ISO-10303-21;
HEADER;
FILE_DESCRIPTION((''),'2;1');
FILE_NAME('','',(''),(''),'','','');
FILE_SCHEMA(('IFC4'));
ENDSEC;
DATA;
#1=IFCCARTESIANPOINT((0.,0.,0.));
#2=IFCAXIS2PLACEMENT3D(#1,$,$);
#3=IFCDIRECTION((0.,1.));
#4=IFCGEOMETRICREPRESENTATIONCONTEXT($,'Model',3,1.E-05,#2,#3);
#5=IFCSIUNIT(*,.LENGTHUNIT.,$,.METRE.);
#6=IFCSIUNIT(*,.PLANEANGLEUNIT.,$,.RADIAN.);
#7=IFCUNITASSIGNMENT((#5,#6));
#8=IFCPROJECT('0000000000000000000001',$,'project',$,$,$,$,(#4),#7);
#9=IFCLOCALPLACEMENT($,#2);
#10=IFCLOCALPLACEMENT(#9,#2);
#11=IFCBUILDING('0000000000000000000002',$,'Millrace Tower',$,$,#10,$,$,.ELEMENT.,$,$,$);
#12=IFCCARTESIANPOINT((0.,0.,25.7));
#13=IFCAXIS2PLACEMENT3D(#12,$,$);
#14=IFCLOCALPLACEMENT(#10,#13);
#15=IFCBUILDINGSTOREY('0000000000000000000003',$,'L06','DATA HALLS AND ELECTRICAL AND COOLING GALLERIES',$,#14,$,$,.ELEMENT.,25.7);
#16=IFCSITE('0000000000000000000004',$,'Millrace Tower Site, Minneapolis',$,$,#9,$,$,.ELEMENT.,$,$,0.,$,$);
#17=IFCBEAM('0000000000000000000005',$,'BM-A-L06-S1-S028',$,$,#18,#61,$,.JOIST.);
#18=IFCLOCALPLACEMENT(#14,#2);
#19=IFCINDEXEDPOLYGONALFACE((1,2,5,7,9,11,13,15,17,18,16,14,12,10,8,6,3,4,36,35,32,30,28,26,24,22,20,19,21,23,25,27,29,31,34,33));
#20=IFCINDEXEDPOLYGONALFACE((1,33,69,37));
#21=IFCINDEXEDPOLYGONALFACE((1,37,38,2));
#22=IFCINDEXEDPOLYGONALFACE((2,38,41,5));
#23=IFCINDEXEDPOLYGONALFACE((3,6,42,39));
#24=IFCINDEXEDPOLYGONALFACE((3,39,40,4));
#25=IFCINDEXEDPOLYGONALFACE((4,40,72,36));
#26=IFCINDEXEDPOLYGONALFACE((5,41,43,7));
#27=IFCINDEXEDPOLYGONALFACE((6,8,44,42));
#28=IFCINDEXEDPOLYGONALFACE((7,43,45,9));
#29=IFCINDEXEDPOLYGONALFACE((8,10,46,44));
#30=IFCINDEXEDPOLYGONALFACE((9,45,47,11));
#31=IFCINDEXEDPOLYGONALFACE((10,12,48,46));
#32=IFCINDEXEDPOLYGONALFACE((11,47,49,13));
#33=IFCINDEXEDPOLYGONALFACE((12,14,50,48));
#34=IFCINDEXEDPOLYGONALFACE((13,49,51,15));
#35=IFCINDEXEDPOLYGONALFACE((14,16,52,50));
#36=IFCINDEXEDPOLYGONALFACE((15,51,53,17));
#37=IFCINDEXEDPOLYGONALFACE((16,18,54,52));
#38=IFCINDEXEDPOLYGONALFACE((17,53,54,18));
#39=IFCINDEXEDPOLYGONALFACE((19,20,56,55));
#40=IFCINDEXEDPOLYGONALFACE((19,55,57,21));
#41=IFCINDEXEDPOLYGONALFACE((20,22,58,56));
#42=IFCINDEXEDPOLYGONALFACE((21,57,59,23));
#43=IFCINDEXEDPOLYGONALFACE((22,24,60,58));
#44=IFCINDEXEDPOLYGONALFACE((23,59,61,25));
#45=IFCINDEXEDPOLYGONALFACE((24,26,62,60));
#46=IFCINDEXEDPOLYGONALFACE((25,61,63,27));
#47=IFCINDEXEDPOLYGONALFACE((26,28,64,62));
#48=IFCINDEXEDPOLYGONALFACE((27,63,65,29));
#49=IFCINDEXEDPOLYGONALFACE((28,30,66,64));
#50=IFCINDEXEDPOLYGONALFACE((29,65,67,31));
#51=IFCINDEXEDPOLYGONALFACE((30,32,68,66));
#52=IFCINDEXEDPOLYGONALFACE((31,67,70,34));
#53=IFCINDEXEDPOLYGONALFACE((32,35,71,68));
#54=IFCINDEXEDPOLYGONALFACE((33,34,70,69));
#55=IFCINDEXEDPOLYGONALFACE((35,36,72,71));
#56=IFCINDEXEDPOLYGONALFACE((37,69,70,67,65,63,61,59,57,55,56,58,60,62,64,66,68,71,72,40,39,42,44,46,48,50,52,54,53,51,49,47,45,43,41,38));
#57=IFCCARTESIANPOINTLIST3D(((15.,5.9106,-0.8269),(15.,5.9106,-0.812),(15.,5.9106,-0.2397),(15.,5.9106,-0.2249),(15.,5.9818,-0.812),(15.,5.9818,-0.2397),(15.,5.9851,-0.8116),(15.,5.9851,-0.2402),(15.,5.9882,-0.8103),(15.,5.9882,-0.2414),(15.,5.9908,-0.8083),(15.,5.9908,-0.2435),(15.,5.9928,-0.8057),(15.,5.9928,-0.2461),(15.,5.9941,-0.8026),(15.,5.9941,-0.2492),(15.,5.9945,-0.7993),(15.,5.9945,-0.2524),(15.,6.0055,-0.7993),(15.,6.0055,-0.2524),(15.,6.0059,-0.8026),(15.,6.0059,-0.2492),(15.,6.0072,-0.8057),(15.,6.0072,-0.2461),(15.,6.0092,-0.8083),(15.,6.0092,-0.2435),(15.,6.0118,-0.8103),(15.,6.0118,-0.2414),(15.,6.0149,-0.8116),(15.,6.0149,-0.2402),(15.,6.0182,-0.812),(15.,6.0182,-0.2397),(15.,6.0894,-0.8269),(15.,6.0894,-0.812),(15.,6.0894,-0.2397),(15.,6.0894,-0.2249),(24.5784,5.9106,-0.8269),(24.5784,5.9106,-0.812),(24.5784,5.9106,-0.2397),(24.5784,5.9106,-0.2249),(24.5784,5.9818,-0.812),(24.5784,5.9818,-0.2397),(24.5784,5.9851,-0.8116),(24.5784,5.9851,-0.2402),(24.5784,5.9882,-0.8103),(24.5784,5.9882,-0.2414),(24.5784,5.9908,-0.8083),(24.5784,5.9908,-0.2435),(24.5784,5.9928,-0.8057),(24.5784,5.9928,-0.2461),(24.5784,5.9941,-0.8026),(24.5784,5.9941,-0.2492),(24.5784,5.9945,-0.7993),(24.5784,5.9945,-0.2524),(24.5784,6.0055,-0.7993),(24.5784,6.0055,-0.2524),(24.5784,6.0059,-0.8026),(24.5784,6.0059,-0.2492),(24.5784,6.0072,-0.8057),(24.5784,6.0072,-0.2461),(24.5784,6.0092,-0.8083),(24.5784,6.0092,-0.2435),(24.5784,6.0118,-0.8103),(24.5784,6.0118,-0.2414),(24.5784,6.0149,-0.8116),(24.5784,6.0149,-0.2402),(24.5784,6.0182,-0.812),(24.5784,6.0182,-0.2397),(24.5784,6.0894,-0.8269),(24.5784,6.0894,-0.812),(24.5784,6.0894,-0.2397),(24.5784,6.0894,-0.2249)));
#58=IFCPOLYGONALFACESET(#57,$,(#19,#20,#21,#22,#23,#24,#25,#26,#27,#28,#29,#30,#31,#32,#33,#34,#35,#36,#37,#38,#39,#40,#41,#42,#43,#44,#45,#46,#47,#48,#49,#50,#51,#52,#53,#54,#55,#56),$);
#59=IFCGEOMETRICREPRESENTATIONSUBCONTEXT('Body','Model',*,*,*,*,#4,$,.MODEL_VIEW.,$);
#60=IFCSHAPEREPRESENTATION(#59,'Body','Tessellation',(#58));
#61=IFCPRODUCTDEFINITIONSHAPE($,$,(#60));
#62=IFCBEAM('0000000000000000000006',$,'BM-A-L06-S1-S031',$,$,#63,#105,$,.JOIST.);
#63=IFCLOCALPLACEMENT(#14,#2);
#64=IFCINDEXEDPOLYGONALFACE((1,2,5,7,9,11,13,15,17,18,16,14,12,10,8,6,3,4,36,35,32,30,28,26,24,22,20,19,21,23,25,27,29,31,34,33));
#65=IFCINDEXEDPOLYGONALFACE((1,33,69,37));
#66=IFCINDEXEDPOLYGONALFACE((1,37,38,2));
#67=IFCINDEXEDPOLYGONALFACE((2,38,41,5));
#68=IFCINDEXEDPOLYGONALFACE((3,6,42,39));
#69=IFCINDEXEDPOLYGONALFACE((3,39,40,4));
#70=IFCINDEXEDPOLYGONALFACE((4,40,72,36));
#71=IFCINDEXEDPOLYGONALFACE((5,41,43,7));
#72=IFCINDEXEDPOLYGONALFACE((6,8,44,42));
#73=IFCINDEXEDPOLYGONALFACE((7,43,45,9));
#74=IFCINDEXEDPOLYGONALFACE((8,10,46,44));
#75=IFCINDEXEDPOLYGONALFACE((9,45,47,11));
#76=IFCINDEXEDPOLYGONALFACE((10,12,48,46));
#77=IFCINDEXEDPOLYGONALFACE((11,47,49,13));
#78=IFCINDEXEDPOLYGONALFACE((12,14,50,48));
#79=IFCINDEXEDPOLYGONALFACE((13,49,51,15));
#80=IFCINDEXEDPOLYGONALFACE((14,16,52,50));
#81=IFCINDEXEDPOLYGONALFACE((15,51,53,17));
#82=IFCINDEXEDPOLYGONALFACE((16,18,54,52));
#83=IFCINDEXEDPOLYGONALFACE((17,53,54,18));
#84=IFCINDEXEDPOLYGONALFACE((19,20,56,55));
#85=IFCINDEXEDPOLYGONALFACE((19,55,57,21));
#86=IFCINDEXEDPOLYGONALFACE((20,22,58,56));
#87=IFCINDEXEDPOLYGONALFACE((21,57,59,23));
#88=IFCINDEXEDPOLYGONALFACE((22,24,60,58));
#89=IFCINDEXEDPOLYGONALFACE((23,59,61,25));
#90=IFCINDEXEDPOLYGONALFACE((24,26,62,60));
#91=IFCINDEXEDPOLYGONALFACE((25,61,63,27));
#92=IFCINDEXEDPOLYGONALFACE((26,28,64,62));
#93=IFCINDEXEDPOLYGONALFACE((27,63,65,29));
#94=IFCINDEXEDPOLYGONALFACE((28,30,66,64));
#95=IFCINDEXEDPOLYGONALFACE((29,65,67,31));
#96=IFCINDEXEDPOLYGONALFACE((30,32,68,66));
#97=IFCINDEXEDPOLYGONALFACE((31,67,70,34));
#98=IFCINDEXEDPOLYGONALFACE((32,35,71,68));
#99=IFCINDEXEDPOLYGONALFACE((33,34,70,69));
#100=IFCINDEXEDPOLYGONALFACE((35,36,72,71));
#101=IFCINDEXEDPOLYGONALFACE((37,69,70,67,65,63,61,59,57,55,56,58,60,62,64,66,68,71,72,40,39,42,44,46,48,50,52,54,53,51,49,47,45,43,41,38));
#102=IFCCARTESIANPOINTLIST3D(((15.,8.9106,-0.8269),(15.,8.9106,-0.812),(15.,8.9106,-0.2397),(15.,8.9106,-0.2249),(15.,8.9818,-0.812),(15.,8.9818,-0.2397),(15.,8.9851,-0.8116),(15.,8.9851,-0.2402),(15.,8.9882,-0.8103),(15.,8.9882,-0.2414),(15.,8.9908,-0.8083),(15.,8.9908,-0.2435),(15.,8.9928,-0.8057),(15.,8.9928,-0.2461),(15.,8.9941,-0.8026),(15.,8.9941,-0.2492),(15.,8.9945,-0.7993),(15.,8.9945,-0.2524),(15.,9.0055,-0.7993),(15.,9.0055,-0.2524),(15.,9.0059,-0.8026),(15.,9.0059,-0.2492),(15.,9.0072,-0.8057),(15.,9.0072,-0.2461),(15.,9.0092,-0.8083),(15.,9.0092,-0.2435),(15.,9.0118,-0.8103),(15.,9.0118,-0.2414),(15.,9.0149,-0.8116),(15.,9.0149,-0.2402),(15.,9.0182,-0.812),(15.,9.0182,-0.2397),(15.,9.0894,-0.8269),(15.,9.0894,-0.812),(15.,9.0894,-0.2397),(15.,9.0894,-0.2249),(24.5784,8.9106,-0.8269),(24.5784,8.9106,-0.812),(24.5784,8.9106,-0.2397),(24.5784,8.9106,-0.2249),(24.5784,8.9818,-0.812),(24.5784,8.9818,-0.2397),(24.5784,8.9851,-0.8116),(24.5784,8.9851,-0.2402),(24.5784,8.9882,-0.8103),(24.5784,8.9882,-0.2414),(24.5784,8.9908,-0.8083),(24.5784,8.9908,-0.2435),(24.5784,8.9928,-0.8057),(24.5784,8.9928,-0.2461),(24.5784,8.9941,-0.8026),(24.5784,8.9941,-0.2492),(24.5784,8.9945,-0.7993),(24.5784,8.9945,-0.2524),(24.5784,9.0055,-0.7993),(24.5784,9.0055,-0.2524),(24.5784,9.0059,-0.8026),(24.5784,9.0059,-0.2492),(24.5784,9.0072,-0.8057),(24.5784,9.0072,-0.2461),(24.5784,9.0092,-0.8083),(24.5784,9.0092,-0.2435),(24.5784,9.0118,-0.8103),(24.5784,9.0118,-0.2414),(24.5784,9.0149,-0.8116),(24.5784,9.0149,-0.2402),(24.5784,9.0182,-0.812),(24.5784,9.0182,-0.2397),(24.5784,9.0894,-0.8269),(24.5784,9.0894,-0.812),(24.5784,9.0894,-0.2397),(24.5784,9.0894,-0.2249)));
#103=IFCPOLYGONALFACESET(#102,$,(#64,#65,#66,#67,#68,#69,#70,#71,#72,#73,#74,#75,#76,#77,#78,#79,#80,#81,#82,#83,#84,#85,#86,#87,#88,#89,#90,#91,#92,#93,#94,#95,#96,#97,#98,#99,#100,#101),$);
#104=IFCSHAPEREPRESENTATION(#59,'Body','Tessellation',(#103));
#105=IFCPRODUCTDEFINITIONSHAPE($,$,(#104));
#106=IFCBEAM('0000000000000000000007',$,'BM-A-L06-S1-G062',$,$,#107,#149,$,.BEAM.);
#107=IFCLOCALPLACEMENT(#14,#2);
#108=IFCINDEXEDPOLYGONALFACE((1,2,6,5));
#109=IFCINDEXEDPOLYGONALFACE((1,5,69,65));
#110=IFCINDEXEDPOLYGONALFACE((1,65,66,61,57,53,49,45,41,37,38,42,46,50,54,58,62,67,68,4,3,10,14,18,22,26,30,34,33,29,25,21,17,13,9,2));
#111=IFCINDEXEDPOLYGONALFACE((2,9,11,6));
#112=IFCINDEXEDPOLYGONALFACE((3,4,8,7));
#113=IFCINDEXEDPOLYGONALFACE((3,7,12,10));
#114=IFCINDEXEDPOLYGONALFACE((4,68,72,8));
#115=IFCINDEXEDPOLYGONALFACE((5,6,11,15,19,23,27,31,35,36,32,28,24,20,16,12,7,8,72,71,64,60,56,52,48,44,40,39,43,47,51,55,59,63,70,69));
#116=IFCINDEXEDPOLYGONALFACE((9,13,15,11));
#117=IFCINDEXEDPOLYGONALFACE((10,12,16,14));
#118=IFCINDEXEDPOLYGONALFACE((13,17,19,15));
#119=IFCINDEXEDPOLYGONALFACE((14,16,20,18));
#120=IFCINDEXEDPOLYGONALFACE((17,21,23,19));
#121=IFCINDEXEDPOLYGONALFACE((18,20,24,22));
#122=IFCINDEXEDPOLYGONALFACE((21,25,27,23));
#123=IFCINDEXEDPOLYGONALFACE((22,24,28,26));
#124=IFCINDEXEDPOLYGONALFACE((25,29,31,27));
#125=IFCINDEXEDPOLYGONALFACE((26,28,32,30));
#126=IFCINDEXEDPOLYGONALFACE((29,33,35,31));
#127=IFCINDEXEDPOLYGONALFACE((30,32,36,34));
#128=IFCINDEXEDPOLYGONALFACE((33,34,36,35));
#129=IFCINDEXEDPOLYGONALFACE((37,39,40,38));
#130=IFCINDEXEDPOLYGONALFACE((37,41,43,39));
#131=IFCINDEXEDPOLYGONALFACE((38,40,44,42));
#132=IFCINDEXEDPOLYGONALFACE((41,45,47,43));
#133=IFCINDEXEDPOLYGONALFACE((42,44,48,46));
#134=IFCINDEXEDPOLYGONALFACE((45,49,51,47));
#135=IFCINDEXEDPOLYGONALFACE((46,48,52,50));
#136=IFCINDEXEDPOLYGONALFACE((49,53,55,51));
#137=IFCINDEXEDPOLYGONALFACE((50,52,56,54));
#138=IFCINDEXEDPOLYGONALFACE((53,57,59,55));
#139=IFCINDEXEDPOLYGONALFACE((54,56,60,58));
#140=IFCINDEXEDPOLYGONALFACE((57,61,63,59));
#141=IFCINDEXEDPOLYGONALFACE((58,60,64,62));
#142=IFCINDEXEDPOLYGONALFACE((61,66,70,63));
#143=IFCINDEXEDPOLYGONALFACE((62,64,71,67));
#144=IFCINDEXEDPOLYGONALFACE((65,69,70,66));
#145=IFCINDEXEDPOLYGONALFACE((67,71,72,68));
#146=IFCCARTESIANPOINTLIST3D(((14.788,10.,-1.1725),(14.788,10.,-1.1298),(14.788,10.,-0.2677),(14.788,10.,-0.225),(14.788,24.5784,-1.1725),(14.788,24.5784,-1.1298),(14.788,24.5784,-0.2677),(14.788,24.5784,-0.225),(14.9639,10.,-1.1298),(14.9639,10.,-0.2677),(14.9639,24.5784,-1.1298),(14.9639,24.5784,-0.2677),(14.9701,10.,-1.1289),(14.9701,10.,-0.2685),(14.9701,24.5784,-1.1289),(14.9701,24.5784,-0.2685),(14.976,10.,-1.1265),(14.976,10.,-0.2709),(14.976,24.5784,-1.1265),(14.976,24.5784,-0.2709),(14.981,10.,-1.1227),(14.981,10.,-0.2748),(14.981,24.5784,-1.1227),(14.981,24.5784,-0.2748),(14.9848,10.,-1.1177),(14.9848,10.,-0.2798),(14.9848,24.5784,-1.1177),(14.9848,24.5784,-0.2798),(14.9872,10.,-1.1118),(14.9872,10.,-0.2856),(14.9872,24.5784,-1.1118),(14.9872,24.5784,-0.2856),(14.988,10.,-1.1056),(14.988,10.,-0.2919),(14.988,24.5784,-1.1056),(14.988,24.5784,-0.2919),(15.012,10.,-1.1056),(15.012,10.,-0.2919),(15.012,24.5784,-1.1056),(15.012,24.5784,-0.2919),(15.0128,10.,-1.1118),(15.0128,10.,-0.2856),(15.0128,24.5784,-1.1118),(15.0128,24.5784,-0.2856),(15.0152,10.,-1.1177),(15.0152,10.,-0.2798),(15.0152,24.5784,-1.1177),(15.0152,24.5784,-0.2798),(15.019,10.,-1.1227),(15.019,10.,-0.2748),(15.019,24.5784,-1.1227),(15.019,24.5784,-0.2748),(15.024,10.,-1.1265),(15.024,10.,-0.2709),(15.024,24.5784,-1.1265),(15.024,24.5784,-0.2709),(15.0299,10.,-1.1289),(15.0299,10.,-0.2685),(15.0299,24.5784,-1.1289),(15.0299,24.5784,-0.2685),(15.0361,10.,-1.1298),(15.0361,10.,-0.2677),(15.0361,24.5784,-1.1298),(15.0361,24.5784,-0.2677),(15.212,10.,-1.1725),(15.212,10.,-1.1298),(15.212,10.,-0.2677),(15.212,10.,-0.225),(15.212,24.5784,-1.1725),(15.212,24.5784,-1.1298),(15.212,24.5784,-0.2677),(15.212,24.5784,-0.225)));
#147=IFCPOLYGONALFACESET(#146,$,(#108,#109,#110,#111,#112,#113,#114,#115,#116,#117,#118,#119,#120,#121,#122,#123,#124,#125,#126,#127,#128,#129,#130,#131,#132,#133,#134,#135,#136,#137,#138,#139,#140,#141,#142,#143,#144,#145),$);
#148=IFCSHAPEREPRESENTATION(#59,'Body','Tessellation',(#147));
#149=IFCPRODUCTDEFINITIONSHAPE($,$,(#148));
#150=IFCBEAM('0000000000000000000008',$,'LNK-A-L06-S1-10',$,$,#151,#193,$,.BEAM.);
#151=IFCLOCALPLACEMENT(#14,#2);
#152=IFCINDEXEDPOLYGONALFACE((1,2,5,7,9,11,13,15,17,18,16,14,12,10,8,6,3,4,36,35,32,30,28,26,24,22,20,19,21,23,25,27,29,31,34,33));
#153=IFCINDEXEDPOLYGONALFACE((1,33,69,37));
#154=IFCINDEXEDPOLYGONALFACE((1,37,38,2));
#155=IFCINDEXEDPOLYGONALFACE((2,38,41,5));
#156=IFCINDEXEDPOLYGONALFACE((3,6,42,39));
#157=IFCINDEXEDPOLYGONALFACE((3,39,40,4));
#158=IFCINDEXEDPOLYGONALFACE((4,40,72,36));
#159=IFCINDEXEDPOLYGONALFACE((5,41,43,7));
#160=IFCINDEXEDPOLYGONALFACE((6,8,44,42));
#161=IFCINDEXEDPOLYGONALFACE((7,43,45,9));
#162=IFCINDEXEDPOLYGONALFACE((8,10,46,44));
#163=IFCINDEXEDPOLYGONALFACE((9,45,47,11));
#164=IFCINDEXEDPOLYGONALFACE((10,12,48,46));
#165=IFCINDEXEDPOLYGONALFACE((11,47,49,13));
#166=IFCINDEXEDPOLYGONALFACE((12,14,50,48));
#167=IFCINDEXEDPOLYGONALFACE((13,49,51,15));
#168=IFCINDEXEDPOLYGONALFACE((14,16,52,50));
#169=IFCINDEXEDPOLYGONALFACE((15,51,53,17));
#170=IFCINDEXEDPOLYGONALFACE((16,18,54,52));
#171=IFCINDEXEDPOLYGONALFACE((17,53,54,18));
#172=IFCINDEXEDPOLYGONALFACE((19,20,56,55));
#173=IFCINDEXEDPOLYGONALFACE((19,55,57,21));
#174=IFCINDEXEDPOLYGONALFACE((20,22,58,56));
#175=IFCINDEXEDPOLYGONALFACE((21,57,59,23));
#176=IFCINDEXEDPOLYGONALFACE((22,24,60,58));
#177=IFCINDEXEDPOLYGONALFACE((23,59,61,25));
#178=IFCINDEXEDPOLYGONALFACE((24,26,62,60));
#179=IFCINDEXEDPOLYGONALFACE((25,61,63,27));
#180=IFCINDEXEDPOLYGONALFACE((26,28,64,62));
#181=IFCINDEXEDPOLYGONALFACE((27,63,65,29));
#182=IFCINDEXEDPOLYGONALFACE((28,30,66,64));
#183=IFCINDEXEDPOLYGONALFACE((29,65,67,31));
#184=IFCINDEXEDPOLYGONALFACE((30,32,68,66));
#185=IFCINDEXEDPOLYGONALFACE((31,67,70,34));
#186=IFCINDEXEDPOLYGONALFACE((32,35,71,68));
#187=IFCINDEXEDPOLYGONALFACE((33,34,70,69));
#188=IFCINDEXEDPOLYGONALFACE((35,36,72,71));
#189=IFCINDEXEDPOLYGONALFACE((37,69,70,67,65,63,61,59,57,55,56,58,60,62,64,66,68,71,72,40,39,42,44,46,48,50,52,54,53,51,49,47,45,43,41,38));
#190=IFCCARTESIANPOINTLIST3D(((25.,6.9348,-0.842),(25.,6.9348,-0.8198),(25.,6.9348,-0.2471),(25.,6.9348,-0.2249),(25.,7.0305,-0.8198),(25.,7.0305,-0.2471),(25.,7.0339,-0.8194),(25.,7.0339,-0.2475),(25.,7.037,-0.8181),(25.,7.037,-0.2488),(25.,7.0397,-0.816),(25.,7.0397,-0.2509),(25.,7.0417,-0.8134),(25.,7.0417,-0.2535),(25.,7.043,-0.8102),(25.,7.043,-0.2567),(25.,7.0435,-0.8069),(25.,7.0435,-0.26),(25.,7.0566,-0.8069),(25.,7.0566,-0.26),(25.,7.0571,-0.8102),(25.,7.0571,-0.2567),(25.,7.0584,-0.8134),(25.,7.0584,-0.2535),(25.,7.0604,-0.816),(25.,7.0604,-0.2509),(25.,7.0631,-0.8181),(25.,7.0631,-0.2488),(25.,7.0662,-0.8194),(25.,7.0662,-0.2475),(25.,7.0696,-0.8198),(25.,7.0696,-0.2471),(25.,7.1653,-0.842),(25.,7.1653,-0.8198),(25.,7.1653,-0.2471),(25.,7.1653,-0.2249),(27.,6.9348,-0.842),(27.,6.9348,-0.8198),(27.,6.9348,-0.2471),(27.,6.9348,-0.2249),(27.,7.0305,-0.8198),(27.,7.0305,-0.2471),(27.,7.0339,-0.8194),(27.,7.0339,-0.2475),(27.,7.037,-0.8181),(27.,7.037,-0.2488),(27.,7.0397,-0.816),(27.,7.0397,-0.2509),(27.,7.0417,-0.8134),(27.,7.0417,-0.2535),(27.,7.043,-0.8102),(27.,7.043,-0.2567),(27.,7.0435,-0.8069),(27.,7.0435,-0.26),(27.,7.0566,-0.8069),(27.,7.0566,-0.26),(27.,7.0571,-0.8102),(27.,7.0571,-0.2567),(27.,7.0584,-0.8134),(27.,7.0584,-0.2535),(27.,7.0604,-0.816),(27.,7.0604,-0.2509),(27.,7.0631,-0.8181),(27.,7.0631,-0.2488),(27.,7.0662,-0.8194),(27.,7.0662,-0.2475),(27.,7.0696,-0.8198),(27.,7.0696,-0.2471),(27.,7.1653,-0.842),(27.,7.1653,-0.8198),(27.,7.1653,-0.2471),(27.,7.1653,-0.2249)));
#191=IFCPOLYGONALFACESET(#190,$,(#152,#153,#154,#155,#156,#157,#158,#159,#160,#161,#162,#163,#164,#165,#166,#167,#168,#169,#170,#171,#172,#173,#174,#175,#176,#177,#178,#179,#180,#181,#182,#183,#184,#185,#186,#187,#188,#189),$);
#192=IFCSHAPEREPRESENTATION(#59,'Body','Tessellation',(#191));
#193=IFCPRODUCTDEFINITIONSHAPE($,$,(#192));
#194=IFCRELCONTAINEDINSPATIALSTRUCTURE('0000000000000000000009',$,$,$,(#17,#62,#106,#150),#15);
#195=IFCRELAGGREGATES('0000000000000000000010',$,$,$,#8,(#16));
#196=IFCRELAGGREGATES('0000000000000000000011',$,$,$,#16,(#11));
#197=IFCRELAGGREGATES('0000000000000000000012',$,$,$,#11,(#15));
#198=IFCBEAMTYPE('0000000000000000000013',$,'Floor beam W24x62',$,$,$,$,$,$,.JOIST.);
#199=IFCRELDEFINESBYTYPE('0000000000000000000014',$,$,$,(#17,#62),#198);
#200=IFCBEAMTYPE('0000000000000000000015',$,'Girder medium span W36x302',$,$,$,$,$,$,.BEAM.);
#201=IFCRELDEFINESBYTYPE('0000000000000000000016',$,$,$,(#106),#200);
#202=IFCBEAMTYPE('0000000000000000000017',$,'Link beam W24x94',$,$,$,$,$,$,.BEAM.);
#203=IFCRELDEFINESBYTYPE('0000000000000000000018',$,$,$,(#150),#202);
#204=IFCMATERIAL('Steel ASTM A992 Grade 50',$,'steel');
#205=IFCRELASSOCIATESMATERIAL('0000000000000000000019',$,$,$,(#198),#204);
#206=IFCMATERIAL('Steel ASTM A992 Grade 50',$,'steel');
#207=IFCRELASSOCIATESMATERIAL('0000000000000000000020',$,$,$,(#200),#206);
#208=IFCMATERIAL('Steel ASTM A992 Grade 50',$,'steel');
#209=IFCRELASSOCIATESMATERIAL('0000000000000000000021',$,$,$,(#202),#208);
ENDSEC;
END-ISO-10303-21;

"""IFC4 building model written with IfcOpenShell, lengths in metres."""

from ifc_helpers import new_model, si_unit, direction, frame, origin, origin_2d, place, context, subcontext, project, spatial, i_section, extrude, material, material_profile, profile_set, type_object, element, save


model = new_model("IFC4")

# Units and contexts
model_context = context("Model", 3, precision=1e-05, world=origin(), true_north=direction((0.0, 1.0)))
body_context = subcontext(model_context, "Body", "Model", "MODEL_VIEW")
ifc_project = project(units=[si_unit("LENGTHUNIT", "METRE"), si_unit("PLANEANGLEUNIT", "RADIAN")], contexts=[model_context])

# Site, building, storey
site_placement = place(None, origin())
site = spatial("IfcSite", under=ifc_project, at=site_placement, Name="Millrace Tower Site, Minneapolis", CompositionType="ELEMENT", RefElevation=0.0)
building_placement = place(site_placement, origin())
building = spatial("IfcBuilding", under=site, at=building_placement, Name="Millrace Tower", CompositionType="ELEMENT")
storey_placement = place(building_placement, frame((0.0, 0.0, 25.7)))
storey = spatial("IfcBuildingStorey", under=building, at=storey_placement, Name="L06", Description="DATA HALLS AND ELECTRICAL AND COOLING GALLERIES", CompositionType="ELEMENT", Elevation=25.7)

# Beams
ifc_material_1 = material(Name="Steel ASTM A992 Grade 50", Category="steel")
ifc_material_profile_1 = material_profile(ifc_material_1, i_section(OverallWidth=0.1787, OverallDepth=0.6021, WebThickness=0.011, FlangeThickness=0.0149, FilletRadius=0.0127, at=origin_2d()))
ifc_profile_set_1 = profile_set([ifc_material_profile_1], Name="Steel ASTM A992 Grade 50")
beam_type_1 = type_object("IfcBeamType", Name="Floor beam W24x62", PredefinedType="JOIST", material=ifc_profile_set_1)
for number, where, z_axis, x_axis, name in (
    (1, (15.0, 6.0, -0.5259), (1.0, 0.0, 0.0), (0.0, 1.0, 0.0), "BM-A-L06-S1-S028"),
    (2, (15.0, 9.0, -0.5259), (1.0, 0.0, 0.0), (0.0, 1.0, 0.0), "BM-A-L06-S1-S031"),
):
    element("IfcBeam", number, at=place(storey_placement, frame(where, z_axis=z_axis, x_axis=x_axis)), inside=storey, type_object=beam_type_1, Name=name, PredefinedType="JOIST", context=body_context, shape_type="SweptSolid", body=[
        extrude(i_section(OverallWidth=0.1787, OverallDepth=0.6021, WebThickness=0.011, FlangeThickness=0.0149, FilletRadius=0.0127, at=origin_2d()), origin(), (0.0, 0.0, 1.0), 9.5784),
    ])
ifc_material_2 = material(Name="Steel ASTM A992 Grade 50", Category="steel")
ifc_material_profile_2 = material_profile(ifc_material_2, i_section(OverallWidth=0.4241, OverallDepth=0.9475, WebThickness=0.0239, FlangeThickness=0.0427, FilletRadius=0.0242, at=origin_2d()))
ifc_profile_set_2 = profile_set([ifc_material_profile_2], Name="Steel ASTM A992 Grade 50")
beam_type_2 = type_object("IfcBeamType", Name="Girder medium span W36x302", PredefinedType="BEAM", material=ifc_profile_set_2)
beam_1_placement = place(storey_placement, frame((15.0, 10.0, -0.6987), z_axis=(0.0, 1.0, 0.0), x_axis=(-1.0, 0.0, 0.0)))
element("IfcBeam", 3, at=beam_1_placement, inside=storey, type_object=beam_type_2, Name="BM-A-L06-S1-G062", PredefinedType="BEAM", context=body_context, shape_type="SweptSolid", body=[
    extrude(i_section(OverallWidth=0.4241, OverallDepth=0.9475, WebThickness=0.0239, FlangeThickness=0.0427, FilletRadius=0.0242, at=origin_2d()), origin(), (0.0, 0.0, 1.0), 14.5784),
])
ifc_material_3 = material(Name="Steel ASTM A992 Grade 50", Category="steel")
ifc_material_profile_3 = material_profile(ifc_material_3, i_section(OverallWidth=0.2305, OverallDepth=0.6172, WebThickness=0.0132, FlangeThickness=0.0222, FilletRadius=0.0129, at=origin_2d()))
ifc_profile_set_3 = profile_set([ifc_material_profile_3], Name="Steel ASTM A992 Grade 50")
beam_type_3 = type_object("IfcBeamType", Name="Link beam W24x94", PredefinedType="BEAM", material=ifc_profile_set_3)
beam_2_placement = place(storey_placement, frame((25.0, 7.05, -0.5334), z_axis=(1.0, 0.0, 0.0), x_axis=(0.0, 1.0, 0.0)))
element("IfcBeam", 4, at=beam_2_placement, inside=storey, type_object=beam_type_3, Name="LNK-A-L06-S1-10", PredefinedType="BEAM", context=body_context, shape_type="SweptSolid", body=[
    extrude(i_section(OverallWidth=0.2305, OverallDepth=0.6172, WebThickness=0.0132, FlangeThickness=0.0222, FilletRadius=0.0129, at=origin_2d()), origin(), (0.0, 0.0, 1.0), 2.0),
])

save(model, "model.ifc")
